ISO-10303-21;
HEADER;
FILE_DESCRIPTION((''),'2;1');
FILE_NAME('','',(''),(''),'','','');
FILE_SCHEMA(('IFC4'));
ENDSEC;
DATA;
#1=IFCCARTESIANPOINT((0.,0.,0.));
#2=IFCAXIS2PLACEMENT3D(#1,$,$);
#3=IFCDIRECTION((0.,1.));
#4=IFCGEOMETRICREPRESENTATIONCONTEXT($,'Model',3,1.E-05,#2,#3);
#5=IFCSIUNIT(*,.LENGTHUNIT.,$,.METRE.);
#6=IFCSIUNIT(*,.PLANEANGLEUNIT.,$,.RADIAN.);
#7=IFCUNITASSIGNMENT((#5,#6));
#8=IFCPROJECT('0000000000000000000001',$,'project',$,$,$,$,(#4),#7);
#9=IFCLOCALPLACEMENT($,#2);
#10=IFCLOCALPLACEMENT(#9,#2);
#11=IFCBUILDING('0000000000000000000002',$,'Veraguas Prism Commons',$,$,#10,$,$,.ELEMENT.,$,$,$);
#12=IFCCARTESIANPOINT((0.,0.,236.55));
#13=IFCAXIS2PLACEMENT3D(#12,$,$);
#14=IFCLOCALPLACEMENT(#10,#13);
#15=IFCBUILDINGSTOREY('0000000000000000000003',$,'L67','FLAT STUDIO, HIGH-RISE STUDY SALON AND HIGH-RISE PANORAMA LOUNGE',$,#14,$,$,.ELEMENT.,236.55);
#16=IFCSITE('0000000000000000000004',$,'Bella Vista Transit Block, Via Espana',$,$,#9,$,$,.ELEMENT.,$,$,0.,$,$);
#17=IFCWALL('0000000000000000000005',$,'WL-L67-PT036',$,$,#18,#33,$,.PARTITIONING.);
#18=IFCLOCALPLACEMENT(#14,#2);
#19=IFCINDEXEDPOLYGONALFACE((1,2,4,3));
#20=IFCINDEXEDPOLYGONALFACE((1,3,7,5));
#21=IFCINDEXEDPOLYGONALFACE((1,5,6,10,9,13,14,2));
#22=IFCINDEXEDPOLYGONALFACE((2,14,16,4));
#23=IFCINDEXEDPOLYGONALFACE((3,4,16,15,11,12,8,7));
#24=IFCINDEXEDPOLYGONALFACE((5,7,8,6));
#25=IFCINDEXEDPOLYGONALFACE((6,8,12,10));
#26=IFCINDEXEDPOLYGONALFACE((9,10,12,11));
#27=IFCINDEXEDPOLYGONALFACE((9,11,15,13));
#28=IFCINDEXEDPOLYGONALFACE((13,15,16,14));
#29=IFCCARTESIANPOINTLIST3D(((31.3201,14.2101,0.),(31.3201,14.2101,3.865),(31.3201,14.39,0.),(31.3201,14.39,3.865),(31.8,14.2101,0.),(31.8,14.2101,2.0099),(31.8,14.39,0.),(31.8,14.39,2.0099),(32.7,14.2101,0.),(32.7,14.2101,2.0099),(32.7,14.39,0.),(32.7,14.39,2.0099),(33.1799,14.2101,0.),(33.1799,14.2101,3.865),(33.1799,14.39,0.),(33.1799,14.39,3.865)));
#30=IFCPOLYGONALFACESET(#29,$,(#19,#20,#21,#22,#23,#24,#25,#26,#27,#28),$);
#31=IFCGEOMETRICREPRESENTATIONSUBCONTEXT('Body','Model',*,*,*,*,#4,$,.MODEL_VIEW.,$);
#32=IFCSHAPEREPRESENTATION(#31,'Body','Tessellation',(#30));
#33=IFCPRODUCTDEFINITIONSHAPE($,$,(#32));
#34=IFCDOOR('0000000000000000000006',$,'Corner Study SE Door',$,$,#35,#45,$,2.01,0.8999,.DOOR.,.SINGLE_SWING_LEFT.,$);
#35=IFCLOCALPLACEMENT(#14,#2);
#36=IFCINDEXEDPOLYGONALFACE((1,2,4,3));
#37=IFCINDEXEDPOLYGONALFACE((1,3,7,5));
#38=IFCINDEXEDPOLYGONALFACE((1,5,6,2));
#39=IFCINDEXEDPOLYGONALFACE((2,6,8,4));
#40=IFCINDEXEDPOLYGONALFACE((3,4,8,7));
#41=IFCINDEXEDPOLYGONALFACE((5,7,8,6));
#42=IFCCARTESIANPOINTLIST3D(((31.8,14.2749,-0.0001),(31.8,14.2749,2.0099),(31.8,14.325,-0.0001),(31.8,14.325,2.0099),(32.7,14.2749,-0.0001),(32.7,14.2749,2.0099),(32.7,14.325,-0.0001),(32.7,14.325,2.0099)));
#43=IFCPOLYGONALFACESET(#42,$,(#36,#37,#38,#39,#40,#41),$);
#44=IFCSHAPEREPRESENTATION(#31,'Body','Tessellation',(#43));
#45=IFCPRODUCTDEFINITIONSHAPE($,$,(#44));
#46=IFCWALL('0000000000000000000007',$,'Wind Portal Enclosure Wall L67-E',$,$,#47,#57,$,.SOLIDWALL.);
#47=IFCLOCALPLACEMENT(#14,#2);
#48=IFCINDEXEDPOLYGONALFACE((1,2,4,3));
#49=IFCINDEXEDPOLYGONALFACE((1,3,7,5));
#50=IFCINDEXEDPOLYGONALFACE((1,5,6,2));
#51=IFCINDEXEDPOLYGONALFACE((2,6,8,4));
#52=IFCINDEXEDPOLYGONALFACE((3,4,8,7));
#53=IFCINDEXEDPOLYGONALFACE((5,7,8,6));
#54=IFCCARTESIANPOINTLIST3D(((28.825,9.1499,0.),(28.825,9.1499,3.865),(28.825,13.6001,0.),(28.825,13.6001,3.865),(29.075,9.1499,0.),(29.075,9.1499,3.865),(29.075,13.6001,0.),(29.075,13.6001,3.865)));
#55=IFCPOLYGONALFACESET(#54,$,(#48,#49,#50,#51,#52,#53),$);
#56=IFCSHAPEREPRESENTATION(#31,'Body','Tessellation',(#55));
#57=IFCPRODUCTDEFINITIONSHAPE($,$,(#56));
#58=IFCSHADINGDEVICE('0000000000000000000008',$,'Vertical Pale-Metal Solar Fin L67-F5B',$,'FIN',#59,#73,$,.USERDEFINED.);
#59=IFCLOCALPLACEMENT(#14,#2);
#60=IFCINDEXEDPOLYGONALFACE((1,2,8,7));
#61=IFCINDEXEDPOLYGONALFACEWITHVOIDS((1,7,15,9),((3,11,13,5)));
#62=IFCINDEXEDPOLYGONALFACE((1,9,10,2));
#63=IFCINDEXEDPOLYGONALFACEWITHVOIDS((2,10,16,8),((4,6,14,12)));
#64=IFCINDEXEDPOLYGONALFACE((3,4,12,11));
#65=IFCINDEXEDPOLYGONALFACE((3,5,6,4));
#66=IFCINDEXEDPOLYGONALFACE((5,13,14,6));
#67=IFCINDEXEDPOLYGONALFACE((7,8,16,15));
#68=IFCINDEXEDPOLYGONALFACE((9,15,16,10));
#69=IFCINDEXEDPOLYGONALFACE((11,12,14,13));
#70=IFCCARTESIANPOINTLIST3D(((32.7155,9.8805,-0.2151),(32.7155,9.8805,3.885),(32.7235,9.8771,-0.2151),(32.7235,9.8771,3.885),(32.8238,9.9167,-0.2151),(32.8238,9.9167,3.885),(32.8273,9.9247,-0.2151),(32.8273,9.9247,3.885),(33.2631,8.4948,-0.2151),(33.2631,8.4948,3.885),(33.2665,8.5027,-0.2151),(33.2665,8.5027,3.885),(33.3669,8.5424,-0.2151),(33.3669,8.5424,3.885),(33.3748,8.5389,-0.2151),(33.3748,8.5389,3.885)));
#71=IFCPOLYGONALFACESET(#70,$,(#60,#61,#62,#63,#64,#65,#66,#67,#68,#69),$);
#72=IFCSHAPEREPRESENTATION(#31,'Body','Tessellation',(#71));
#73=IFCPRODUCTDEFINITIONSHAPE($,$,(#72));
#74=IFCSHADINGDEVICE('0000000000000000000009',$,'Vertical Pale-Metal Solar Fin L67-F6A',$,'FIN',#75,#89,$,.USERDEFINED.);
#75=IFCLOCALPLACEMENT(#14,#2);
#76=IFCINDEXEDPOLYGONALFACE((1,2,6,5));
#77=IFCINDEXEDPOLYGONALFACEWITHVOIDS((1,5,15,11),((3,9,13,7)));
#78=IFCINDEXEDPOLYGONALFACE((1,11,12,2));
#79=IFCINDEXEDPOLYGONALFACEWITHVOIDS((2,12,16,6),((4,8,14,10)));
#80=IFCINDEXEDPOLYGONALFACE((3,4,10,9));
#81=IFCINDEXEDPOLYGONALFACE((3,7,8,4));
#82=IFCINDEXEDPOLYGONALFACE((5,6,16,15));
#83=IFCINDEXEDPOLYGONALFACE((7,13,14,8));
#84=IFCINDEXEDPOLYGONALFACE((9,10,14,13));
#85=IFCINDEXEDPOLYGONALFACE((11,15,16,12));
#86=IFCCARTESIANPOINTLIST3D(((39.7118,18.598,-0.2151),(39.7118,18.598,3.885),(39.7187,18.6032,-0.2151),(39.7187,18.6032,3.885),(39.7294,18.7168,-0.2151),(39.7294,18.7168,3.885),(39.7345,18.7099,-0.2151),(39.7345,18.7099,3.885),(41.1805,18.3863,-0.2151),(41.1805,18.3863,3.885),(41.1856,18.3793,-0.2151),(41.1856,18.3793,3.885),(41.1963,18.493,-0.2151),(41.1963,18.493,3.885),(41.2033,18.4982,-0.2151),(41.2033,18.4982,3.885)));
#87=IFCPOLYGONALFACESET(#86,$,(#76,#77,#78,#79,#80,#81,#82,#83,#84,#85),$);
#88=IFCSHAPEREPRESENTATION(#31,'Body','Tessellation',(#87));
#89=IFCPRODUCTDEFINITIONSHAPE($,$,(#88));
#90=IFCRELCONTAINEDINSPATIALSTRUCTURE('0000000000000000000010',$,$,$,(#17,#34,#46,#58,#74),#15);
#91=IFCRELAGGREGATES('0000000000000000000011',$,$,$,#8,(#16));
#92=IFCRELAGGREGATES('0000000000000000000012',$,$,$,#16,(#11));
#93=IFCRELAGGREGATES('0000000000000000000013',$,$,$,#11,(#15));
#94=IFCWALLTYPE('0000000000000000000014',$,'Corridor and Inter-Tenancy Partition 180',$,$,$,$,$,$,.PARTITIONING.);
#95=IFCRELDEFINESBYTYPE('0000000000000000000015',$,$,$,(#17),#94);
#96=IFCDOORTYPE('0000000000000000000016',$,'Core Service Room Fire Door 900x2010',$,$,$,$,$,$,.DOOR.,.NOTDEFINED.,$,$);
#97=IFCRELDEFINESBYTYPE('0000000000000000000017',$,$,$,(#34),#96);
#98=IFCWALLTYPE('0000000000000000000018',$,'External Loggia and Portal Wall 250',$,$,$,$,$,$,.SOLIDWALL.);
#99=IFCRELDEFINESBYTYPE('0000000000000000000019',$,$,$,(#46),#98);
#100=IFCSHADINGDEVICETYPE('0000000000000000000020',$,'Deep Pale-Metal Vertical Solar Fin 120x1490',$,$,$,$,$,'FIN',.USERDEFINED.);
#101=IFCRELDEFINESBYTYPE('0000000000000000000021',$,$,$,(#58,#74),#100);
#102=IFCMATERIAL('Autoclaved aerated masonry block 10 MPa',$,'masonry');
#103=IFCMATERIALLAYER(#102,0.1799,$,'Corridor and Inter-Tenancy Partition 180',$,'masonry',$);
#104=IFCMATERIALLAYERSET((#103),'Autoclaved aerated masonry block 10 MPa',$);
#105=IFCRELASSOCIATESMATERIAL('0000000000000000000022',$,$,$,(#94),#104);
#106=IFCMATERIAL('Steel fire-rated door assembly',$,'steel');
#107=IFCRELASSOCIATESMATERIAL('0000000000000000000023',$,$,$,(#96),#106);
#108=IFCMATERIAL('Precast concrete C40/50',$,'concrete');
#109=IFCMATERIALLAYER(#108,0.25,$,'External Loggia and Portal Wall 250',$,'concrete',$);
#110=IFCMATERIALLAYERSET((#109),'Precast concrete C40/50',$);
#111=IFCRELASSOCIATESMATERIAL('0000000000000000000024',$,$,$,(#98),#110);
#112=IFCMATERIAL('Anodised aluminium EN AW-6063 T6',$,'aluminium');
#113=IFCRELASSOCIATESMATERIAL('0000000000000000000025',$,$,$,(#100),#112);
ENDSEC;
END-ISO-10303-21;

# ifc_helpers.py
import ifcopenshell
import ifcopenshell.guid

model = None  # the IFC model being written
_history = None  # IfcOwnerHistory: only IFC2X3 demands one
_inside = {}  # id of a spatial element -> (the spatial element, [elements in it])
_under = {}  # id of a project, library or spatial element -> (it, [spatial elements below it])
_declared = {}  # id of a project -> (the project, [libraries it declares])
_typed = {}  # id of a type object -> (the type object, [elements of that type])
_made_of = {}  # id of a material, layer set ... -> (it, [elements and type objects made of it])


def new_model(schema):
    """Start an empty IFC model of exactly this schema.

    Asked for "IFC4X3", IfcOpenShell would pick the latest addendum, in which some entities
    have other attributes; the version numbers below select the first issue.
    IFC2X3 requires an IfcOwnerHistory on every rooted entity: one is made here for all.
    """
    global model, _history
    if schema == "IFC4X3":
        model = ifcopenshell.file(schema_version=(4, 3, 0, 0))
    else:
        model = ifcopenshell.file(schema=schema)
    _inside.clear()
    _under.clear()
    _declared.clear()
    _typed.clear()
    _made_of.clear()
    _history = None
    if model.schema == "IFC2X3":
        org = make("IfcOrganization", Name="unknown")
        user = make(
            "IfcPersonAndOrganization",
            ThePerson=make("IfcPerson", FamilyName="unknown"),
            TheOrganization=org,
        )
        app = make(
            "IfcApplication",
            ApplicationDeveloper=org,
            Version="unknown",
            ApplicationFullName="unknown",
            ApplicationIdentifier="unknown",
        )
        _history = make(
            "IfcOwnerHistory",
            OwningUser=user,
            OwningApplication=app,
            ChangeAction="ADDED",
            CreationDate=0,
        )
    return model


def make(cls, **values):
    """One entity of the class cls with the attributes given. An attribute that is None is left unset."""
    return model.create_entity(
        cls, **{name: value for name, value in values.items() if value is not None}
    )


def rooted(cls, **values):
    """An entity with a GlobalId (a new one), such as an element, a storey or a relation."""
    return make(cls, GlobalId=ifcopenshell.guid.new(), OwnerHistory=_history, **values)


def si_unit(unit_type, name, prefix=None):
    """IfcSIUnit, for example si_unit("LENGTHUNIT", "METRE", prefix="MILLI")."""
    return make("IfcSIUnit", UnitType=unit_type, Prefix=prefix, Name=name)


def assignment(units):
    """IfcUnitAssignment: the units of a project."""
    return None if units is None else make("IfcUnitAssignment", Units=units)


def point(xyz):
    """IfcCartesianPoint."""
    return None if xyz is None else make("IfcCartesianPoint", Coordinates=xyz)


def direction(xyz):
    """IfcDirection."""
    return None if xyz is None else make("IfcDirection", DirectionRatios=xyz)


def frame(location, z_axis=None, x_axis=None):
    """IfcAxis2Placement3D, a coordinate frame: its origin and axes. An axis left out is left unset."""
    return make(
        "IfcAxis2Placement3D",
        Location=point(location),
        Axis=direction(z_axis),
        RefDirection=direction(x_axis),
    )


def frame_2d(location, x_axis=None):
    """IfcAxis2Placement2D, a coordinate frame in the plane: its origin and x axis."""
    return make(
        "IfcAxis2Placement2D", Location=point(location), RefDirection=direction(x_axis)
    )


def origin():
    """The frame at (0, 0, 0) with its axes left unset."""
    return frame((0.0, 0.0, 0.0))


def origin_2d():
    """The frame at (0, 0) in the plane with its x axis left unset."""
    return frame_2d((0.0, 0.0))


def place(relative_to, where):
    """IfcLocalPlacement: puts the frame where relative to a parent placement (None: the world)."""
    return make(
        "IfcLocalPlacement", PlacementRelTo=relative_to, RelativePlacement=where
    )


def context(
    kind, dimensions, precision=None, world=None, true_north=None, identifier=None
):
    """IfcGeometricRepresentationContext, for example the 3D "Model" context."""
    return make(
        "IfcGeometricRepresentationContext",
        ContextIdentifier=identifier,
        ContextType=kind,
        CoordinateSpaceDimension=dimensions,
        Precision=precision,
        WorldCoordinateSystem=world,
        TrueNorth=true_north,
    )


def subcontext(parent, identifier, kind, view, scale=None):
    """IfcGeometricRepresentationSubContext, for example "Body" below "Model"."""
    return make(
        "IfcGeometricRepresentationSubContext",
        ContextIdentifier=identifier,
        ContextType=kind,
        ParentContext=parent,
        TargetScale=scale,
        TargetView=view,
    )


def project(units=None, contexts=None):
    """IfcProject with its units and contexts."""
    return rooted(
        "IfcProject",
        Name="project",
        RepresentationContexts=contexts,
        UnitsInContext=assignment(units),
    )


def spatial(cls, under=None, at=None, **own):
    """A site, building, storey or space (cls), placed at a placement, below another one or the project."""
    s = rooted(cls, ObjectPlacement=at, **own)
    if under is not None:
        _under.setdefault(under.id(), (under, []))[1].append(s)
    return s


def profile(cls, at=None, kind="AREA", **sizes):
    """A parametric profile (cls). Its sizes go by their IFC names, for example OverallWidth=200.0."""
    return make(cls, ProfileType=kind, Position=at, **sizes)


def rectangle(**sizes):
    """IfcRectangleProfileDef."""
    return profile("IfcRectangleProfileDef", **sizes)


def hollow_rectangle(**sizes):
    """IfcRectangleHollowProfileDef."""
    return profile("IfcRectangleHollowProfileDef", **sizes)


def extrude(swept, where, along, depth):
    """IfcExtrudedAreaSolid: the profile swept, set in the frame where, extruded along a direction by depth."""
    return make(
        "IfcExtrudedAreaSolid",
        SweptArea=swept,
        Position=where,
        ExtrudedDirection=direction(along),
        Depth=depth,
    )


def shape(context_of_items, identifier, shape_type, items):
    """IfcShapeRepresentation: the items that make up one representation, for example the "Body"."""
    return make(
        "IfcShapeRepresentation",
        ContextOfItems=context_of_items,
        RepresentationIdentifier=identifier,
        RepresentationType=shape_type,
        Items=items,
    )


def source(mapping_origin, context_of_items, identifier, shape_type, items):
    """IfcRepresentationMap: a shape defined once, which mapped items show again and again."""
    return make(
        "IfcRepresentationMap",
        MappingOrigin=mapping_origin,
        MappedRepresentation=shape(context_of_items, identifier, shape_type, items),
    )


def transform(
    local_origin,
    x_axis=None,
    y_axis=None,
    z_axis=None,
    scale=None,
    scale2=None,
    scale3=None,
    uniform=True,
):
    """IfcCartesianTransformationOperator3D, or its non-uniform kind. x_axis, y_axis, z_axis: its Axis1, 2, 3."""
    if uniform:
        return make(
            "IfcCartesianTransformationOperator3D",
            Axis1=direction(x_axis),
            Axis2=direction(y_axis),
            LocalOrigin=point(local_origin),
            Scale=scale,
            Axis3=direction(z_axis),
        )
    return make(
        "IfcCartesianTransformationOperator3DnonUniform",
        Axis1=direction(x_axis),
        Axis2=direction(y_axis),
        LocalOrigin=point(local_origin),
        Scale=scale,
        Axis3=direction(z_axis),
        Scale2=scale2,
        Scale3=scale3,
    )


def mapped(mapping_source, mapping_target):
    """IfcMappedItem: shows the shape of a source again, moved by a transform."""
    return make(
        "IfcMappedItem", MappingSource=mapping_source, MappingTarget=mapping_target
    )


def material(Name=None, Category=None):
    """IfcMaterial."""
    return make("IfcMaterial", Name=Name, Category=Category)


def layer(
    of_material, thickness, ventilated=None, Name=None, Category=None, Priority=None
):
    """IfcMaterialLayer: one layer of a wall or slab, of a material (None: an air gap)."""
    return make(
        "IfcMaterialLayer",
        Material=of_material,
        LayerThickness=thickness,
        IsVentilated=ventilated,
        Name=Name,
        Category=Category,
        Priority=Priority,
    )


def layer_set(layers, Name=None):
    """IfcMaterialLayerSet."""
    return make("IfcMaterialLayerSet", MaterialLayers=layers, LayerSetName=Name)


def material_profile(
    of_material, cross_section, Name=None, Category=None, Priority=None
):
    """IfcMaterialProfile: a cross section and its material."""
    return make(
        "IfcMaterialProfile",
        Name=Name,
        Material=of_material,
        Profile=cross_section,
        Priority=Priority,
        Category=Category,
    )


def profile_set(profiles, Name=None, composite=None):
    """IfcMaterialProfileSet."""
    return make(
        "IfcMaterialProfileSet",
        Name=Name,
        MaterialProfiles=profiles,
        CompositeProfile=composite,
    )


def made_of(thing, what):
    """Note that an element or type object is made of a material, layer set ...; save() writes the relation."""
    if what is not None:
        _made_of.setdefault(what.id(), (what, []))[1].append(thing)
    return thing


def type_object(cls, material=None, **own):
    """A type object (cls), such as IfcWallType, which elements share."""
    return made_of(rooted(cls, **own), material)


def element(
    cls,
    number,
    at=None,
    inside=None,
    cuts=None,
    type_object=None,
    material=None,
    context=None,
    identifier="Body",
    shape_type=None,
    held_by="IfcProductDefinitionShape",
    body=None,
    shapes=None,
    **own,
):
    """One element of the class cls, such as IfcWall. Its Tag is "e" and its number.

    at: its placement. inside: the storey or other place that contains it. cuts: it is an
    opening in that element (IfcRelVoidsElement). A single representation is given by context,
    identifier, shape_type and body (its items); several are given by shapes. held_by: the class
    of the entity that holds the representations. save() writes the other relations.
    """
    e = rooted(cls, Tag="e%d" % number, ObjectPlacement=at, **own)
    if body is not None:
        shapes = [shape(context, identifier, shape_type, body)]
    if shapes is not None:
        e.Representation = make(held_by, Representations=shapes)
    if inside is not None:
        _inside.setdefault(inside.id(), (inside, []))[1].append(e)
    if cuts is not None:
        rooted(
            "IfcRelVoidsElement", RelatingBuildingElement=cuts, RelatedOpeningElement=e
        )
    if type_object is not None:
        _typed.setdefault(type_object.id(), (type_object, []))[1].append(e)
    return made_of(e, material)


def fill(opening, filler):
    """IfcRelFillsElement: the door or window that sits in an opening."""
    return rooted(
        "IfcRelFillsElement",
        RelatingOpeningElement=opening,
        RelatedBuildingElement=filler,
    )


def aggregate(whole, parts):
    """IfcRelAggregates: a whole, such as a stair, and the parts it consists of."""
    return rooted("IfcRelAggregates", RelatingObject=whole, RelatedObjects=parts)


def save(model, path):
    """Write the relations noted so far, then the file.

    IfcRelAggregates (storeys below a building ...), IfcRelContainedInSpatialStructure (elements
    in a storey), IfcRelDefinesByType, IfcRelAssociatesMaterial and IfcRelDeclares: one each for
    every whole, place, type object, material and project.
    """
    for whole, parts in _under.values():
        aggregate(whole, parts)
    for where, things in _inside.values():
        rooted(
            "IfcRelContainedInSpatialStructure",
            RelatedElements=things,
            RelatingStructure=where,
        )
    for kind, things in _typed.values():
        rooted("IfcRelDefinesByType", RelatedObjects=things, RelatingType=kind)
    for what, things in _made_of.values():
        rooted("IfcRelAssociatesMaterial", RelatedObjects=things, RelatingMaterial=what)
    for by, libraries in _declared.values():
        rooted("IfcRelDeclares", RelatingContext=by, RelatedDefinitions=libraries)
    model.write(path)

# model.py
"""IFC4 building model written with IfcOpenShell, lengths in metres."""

from ifc_helpers import new_model, si_unit, direction, frame, frame_2d, origin, origin_2d, place, context, subcontext, project, spatial, rectangle, hollow_rectangle, extrude, source, transform, mapped, material, layer, layer_set, material_profile, profile_set, type_object, element, fill, save


model = new_model("IFC4")

# Units and contexts
model_context = context("Model", 3, precision=1e-05, world=origin(), true_north=direction((0.0, 1.0)))
body_context = subcontext(model_context, "Body", "Model", "MODEL_VIEW")
ifc_project = project(units=[si_unit("LENGTHUNIT", "METRE"), si_unit("PLANEANGLEUNIT", "RADIAN")], contexts=[model_context])

# Site, building, storey
site_placement = place(None, origin())
site = spatial("IfcSite", under=ifc_project, at=site_placement, Name="Bella Vista Transit Block, Via Espana", CompositionType="ELEMENT", RefElevation=0.0)
building_placement = place(site_placement, origin())
building = spatial("IfcBuilding", under=site, at=building_placement, Name="Veraguas Prism Commons", CompositionType="ELEMENT")
storey_placement = place(building_placement, frame((0.0, 0.0, 236.55)))
storey = spatial("IfcBuildingStorey", under=building, at=storey_placement, Name="L67", Description="FLAT STUDIO, HIGH-RISE STUDY SALON AND HIGH-RISE PANORAMA LOUNGE", CompositionType="ELEMENT", Elevation=236.55)

# Shared definitions
ifc_material_1 = material(Name="Anodised aluminium EN AW-6063 T6", Category="aluminium")

# Shared definitions
ifc_material_2 = material(Name="Autoclaved aerated masonry block 10 MPa", Category="masonry")
ifc_layer_1 = layer(ifc_material_2, 0.1799, Name="Corridor and Inter-Tenancy Partition 180", Category="masonry")
ifc_layer_set_1 = layer_set([ifc_layer_1], Name="Autoclaved aerated masonry block 10 MPa")
wall_type_1 = type_object("IfcWallType", Name="Corridor and Inter-Tenancy Partition 180", PredefinedType="PARTITIONING", material=ifc_layer_set_1)

# Shared definitions
ifc_material_3 = material(Name="Steel fire-rated door assembly", Category="steel")

# Wall, opening, door
wall_1_placement = place(storey_placement, frame((31.3201, 14.3, 0.0), z_axis=(0.0, 0.0, 1.0), x_axis=(1.0, 0.0, 0.0)))
wall_1 = element("IfcWall", 1, at=wall_1_placement, inside=storey, type_object=wall_type_1, Name="WL-L67-PT036", PredefinedType="PARTITIONING", context=body_context, shape_type="SweptSolid", body=[
    extrude(rectangle(XDim=1.8599, YDim=0.1799, at=frame_2d((0.9299, 0.0))), origin(), (0.0, 0.0, 1.0), 3.865),
])
opening_1_placement = place(wall_1_placement, frame((0.48, 0.0, 0.0)))
opening_1 = element("IfcOpeningElement", 2, at=opening_1_placement, cuts=wall_1, PredefinedType="OPENING", context=body_context, shape_type="SweptSolid", body=[
    extrude(rectangle(XDim=0.8999, YDim=2.01, at=frame_2d((0.45, 1.0049))), frame((0.0, 0.0999, 0.0), z_axis=(0.0, -1.0, 0.0), x_axis=(1.0, 0.0, 0.0)), (0.0, 0.0, 1.0), 0.2),
])
door_type_1 = type_object("IfcDoorType", Name="Core Service Room Fire Door 900x2010", OperationType="NOTDEFINED", PredefinedType="DOOR", material=ifc_material_3)
shared_shape_1 = source(origin(), body_context, "Body", "SweptSolid", [
    extrude(rectangle(XDim=0.8999, YDim=2.01, at=frame_2d((0.45, 1.0049))), frame((0.0, 0.0249, 0.0), z_axis=(0.0, -1.0, 0.0), x_axis=(1.0, 0.0, 0.0)), (0.0, 0.0, 1.0), 0.05),
])
door_1_placement = place(opening_1_placement, origin())
door_1 = element("IfcDoor", 3, at=door_1_placement, inside=storey, type_object=door_type_1, Name="Corner Study SE Door", OperationType="SINGLE_SWING_LEFT", OverallHeight=2.01, OverallWidth=0.8999, PredefinedType="DOOR", context=body_context, shape_type="MappedRepresentation", body=[
    mapped(shared_shape_1, transform((0.0, 0.0, 0.0), scale=1.0)),
])
fill(opening_1, door_1)

# Wall
ifc_material_4 = material(Name="Precast concrete C40/50", Category="concrete")
ifc_layer_2 = layer(ifc_material_4, 0.25, Name="External Loggia and Portal Wall 250", Category="concrete")
ifc_layer_set_2 = layer_set([ifc_layer_2], Name="Precast concrete C40/50")
wall_type_2 = type_object("IfcWallType", Name="External Loggia and Portal Wall 250", PredefinedType="SOLIDWALL", material=ifc_layer_set_2)
wall_2_placement = place(storey_placement, frame((28.95, 13.6001, 0.0), z_axis=(0.0, 0.0, 1.0), x_axis=(0.0, -1.0, 0.0)))
element("IfcWall", 4, at=wall_2_placement, inside=storey, type_object=wall_type_2, Name="Wind Portal Enclosure Wall L67-E", PredefinedType="SOLIDWALL", context=body_context, shape_type="SweptSolid", body=[
    extrude(rectangle(XDim=4.4502, YDim=0.25, at=frame_2d((2.2251, 0.0))), origin(), (0.0, 0.0, 1.0), 3.865),
])

# Shading devices
ifc_material_profile_1 = material_profile(ifc_material_1, hollow_rectangle(XDim=0.1201, YDim=1.49, WallThickness=0.0061, at=origin_2d()), Name="FIN120X1490X6")
ifc_profile_set_1 = profile_set([ifc_material_profile_1], Name="Anodised aluminium EN AW-6063 T6")
shading_device_type = type_object("IfcShadingDeviceType", Name="Deep Pale-Metal Vertical Solar Fin 120x1490", ElementType="FIN", PredefinedType="USERDEFINED", material=ifc_profile_set_1)
for number, where, z_axis, x_axis, name in (
    (5, (33.0452, 9.2097, -0.2151), (0.0, 0.0, 1.0), (0.930033, 0.367477, 0.0), "Vertical Pale-Metal Solar Fin L67-F5B"),
    (6, (40.4575, 18.5481, -0.2151), (0.0, 0.0, 1.0), (0.146772, 0.98917, 0.0), "Vertical Pale-Metal Solar Fin L67-F6A"),
):
    element("IfcShadingDevice", number, at=place(storey_placement, frame(where, z_axis=z_axis, x_axis=x_axis)), inside=storey, type_object=shading_device_type, Name=name, ObjectType="FIN", PredefinedType="USERDEFINED", context=body_context, shape_type="SweptSolid", body=[
        extrude(hollow_rectangle(XDim=0.1201, YDim=1.49, WallThickness=0.0061, at=origin_2d()), origin(), (0.0, 0.0, 1.0), 4.1001),
    ])

save(model, "model.ifc")
